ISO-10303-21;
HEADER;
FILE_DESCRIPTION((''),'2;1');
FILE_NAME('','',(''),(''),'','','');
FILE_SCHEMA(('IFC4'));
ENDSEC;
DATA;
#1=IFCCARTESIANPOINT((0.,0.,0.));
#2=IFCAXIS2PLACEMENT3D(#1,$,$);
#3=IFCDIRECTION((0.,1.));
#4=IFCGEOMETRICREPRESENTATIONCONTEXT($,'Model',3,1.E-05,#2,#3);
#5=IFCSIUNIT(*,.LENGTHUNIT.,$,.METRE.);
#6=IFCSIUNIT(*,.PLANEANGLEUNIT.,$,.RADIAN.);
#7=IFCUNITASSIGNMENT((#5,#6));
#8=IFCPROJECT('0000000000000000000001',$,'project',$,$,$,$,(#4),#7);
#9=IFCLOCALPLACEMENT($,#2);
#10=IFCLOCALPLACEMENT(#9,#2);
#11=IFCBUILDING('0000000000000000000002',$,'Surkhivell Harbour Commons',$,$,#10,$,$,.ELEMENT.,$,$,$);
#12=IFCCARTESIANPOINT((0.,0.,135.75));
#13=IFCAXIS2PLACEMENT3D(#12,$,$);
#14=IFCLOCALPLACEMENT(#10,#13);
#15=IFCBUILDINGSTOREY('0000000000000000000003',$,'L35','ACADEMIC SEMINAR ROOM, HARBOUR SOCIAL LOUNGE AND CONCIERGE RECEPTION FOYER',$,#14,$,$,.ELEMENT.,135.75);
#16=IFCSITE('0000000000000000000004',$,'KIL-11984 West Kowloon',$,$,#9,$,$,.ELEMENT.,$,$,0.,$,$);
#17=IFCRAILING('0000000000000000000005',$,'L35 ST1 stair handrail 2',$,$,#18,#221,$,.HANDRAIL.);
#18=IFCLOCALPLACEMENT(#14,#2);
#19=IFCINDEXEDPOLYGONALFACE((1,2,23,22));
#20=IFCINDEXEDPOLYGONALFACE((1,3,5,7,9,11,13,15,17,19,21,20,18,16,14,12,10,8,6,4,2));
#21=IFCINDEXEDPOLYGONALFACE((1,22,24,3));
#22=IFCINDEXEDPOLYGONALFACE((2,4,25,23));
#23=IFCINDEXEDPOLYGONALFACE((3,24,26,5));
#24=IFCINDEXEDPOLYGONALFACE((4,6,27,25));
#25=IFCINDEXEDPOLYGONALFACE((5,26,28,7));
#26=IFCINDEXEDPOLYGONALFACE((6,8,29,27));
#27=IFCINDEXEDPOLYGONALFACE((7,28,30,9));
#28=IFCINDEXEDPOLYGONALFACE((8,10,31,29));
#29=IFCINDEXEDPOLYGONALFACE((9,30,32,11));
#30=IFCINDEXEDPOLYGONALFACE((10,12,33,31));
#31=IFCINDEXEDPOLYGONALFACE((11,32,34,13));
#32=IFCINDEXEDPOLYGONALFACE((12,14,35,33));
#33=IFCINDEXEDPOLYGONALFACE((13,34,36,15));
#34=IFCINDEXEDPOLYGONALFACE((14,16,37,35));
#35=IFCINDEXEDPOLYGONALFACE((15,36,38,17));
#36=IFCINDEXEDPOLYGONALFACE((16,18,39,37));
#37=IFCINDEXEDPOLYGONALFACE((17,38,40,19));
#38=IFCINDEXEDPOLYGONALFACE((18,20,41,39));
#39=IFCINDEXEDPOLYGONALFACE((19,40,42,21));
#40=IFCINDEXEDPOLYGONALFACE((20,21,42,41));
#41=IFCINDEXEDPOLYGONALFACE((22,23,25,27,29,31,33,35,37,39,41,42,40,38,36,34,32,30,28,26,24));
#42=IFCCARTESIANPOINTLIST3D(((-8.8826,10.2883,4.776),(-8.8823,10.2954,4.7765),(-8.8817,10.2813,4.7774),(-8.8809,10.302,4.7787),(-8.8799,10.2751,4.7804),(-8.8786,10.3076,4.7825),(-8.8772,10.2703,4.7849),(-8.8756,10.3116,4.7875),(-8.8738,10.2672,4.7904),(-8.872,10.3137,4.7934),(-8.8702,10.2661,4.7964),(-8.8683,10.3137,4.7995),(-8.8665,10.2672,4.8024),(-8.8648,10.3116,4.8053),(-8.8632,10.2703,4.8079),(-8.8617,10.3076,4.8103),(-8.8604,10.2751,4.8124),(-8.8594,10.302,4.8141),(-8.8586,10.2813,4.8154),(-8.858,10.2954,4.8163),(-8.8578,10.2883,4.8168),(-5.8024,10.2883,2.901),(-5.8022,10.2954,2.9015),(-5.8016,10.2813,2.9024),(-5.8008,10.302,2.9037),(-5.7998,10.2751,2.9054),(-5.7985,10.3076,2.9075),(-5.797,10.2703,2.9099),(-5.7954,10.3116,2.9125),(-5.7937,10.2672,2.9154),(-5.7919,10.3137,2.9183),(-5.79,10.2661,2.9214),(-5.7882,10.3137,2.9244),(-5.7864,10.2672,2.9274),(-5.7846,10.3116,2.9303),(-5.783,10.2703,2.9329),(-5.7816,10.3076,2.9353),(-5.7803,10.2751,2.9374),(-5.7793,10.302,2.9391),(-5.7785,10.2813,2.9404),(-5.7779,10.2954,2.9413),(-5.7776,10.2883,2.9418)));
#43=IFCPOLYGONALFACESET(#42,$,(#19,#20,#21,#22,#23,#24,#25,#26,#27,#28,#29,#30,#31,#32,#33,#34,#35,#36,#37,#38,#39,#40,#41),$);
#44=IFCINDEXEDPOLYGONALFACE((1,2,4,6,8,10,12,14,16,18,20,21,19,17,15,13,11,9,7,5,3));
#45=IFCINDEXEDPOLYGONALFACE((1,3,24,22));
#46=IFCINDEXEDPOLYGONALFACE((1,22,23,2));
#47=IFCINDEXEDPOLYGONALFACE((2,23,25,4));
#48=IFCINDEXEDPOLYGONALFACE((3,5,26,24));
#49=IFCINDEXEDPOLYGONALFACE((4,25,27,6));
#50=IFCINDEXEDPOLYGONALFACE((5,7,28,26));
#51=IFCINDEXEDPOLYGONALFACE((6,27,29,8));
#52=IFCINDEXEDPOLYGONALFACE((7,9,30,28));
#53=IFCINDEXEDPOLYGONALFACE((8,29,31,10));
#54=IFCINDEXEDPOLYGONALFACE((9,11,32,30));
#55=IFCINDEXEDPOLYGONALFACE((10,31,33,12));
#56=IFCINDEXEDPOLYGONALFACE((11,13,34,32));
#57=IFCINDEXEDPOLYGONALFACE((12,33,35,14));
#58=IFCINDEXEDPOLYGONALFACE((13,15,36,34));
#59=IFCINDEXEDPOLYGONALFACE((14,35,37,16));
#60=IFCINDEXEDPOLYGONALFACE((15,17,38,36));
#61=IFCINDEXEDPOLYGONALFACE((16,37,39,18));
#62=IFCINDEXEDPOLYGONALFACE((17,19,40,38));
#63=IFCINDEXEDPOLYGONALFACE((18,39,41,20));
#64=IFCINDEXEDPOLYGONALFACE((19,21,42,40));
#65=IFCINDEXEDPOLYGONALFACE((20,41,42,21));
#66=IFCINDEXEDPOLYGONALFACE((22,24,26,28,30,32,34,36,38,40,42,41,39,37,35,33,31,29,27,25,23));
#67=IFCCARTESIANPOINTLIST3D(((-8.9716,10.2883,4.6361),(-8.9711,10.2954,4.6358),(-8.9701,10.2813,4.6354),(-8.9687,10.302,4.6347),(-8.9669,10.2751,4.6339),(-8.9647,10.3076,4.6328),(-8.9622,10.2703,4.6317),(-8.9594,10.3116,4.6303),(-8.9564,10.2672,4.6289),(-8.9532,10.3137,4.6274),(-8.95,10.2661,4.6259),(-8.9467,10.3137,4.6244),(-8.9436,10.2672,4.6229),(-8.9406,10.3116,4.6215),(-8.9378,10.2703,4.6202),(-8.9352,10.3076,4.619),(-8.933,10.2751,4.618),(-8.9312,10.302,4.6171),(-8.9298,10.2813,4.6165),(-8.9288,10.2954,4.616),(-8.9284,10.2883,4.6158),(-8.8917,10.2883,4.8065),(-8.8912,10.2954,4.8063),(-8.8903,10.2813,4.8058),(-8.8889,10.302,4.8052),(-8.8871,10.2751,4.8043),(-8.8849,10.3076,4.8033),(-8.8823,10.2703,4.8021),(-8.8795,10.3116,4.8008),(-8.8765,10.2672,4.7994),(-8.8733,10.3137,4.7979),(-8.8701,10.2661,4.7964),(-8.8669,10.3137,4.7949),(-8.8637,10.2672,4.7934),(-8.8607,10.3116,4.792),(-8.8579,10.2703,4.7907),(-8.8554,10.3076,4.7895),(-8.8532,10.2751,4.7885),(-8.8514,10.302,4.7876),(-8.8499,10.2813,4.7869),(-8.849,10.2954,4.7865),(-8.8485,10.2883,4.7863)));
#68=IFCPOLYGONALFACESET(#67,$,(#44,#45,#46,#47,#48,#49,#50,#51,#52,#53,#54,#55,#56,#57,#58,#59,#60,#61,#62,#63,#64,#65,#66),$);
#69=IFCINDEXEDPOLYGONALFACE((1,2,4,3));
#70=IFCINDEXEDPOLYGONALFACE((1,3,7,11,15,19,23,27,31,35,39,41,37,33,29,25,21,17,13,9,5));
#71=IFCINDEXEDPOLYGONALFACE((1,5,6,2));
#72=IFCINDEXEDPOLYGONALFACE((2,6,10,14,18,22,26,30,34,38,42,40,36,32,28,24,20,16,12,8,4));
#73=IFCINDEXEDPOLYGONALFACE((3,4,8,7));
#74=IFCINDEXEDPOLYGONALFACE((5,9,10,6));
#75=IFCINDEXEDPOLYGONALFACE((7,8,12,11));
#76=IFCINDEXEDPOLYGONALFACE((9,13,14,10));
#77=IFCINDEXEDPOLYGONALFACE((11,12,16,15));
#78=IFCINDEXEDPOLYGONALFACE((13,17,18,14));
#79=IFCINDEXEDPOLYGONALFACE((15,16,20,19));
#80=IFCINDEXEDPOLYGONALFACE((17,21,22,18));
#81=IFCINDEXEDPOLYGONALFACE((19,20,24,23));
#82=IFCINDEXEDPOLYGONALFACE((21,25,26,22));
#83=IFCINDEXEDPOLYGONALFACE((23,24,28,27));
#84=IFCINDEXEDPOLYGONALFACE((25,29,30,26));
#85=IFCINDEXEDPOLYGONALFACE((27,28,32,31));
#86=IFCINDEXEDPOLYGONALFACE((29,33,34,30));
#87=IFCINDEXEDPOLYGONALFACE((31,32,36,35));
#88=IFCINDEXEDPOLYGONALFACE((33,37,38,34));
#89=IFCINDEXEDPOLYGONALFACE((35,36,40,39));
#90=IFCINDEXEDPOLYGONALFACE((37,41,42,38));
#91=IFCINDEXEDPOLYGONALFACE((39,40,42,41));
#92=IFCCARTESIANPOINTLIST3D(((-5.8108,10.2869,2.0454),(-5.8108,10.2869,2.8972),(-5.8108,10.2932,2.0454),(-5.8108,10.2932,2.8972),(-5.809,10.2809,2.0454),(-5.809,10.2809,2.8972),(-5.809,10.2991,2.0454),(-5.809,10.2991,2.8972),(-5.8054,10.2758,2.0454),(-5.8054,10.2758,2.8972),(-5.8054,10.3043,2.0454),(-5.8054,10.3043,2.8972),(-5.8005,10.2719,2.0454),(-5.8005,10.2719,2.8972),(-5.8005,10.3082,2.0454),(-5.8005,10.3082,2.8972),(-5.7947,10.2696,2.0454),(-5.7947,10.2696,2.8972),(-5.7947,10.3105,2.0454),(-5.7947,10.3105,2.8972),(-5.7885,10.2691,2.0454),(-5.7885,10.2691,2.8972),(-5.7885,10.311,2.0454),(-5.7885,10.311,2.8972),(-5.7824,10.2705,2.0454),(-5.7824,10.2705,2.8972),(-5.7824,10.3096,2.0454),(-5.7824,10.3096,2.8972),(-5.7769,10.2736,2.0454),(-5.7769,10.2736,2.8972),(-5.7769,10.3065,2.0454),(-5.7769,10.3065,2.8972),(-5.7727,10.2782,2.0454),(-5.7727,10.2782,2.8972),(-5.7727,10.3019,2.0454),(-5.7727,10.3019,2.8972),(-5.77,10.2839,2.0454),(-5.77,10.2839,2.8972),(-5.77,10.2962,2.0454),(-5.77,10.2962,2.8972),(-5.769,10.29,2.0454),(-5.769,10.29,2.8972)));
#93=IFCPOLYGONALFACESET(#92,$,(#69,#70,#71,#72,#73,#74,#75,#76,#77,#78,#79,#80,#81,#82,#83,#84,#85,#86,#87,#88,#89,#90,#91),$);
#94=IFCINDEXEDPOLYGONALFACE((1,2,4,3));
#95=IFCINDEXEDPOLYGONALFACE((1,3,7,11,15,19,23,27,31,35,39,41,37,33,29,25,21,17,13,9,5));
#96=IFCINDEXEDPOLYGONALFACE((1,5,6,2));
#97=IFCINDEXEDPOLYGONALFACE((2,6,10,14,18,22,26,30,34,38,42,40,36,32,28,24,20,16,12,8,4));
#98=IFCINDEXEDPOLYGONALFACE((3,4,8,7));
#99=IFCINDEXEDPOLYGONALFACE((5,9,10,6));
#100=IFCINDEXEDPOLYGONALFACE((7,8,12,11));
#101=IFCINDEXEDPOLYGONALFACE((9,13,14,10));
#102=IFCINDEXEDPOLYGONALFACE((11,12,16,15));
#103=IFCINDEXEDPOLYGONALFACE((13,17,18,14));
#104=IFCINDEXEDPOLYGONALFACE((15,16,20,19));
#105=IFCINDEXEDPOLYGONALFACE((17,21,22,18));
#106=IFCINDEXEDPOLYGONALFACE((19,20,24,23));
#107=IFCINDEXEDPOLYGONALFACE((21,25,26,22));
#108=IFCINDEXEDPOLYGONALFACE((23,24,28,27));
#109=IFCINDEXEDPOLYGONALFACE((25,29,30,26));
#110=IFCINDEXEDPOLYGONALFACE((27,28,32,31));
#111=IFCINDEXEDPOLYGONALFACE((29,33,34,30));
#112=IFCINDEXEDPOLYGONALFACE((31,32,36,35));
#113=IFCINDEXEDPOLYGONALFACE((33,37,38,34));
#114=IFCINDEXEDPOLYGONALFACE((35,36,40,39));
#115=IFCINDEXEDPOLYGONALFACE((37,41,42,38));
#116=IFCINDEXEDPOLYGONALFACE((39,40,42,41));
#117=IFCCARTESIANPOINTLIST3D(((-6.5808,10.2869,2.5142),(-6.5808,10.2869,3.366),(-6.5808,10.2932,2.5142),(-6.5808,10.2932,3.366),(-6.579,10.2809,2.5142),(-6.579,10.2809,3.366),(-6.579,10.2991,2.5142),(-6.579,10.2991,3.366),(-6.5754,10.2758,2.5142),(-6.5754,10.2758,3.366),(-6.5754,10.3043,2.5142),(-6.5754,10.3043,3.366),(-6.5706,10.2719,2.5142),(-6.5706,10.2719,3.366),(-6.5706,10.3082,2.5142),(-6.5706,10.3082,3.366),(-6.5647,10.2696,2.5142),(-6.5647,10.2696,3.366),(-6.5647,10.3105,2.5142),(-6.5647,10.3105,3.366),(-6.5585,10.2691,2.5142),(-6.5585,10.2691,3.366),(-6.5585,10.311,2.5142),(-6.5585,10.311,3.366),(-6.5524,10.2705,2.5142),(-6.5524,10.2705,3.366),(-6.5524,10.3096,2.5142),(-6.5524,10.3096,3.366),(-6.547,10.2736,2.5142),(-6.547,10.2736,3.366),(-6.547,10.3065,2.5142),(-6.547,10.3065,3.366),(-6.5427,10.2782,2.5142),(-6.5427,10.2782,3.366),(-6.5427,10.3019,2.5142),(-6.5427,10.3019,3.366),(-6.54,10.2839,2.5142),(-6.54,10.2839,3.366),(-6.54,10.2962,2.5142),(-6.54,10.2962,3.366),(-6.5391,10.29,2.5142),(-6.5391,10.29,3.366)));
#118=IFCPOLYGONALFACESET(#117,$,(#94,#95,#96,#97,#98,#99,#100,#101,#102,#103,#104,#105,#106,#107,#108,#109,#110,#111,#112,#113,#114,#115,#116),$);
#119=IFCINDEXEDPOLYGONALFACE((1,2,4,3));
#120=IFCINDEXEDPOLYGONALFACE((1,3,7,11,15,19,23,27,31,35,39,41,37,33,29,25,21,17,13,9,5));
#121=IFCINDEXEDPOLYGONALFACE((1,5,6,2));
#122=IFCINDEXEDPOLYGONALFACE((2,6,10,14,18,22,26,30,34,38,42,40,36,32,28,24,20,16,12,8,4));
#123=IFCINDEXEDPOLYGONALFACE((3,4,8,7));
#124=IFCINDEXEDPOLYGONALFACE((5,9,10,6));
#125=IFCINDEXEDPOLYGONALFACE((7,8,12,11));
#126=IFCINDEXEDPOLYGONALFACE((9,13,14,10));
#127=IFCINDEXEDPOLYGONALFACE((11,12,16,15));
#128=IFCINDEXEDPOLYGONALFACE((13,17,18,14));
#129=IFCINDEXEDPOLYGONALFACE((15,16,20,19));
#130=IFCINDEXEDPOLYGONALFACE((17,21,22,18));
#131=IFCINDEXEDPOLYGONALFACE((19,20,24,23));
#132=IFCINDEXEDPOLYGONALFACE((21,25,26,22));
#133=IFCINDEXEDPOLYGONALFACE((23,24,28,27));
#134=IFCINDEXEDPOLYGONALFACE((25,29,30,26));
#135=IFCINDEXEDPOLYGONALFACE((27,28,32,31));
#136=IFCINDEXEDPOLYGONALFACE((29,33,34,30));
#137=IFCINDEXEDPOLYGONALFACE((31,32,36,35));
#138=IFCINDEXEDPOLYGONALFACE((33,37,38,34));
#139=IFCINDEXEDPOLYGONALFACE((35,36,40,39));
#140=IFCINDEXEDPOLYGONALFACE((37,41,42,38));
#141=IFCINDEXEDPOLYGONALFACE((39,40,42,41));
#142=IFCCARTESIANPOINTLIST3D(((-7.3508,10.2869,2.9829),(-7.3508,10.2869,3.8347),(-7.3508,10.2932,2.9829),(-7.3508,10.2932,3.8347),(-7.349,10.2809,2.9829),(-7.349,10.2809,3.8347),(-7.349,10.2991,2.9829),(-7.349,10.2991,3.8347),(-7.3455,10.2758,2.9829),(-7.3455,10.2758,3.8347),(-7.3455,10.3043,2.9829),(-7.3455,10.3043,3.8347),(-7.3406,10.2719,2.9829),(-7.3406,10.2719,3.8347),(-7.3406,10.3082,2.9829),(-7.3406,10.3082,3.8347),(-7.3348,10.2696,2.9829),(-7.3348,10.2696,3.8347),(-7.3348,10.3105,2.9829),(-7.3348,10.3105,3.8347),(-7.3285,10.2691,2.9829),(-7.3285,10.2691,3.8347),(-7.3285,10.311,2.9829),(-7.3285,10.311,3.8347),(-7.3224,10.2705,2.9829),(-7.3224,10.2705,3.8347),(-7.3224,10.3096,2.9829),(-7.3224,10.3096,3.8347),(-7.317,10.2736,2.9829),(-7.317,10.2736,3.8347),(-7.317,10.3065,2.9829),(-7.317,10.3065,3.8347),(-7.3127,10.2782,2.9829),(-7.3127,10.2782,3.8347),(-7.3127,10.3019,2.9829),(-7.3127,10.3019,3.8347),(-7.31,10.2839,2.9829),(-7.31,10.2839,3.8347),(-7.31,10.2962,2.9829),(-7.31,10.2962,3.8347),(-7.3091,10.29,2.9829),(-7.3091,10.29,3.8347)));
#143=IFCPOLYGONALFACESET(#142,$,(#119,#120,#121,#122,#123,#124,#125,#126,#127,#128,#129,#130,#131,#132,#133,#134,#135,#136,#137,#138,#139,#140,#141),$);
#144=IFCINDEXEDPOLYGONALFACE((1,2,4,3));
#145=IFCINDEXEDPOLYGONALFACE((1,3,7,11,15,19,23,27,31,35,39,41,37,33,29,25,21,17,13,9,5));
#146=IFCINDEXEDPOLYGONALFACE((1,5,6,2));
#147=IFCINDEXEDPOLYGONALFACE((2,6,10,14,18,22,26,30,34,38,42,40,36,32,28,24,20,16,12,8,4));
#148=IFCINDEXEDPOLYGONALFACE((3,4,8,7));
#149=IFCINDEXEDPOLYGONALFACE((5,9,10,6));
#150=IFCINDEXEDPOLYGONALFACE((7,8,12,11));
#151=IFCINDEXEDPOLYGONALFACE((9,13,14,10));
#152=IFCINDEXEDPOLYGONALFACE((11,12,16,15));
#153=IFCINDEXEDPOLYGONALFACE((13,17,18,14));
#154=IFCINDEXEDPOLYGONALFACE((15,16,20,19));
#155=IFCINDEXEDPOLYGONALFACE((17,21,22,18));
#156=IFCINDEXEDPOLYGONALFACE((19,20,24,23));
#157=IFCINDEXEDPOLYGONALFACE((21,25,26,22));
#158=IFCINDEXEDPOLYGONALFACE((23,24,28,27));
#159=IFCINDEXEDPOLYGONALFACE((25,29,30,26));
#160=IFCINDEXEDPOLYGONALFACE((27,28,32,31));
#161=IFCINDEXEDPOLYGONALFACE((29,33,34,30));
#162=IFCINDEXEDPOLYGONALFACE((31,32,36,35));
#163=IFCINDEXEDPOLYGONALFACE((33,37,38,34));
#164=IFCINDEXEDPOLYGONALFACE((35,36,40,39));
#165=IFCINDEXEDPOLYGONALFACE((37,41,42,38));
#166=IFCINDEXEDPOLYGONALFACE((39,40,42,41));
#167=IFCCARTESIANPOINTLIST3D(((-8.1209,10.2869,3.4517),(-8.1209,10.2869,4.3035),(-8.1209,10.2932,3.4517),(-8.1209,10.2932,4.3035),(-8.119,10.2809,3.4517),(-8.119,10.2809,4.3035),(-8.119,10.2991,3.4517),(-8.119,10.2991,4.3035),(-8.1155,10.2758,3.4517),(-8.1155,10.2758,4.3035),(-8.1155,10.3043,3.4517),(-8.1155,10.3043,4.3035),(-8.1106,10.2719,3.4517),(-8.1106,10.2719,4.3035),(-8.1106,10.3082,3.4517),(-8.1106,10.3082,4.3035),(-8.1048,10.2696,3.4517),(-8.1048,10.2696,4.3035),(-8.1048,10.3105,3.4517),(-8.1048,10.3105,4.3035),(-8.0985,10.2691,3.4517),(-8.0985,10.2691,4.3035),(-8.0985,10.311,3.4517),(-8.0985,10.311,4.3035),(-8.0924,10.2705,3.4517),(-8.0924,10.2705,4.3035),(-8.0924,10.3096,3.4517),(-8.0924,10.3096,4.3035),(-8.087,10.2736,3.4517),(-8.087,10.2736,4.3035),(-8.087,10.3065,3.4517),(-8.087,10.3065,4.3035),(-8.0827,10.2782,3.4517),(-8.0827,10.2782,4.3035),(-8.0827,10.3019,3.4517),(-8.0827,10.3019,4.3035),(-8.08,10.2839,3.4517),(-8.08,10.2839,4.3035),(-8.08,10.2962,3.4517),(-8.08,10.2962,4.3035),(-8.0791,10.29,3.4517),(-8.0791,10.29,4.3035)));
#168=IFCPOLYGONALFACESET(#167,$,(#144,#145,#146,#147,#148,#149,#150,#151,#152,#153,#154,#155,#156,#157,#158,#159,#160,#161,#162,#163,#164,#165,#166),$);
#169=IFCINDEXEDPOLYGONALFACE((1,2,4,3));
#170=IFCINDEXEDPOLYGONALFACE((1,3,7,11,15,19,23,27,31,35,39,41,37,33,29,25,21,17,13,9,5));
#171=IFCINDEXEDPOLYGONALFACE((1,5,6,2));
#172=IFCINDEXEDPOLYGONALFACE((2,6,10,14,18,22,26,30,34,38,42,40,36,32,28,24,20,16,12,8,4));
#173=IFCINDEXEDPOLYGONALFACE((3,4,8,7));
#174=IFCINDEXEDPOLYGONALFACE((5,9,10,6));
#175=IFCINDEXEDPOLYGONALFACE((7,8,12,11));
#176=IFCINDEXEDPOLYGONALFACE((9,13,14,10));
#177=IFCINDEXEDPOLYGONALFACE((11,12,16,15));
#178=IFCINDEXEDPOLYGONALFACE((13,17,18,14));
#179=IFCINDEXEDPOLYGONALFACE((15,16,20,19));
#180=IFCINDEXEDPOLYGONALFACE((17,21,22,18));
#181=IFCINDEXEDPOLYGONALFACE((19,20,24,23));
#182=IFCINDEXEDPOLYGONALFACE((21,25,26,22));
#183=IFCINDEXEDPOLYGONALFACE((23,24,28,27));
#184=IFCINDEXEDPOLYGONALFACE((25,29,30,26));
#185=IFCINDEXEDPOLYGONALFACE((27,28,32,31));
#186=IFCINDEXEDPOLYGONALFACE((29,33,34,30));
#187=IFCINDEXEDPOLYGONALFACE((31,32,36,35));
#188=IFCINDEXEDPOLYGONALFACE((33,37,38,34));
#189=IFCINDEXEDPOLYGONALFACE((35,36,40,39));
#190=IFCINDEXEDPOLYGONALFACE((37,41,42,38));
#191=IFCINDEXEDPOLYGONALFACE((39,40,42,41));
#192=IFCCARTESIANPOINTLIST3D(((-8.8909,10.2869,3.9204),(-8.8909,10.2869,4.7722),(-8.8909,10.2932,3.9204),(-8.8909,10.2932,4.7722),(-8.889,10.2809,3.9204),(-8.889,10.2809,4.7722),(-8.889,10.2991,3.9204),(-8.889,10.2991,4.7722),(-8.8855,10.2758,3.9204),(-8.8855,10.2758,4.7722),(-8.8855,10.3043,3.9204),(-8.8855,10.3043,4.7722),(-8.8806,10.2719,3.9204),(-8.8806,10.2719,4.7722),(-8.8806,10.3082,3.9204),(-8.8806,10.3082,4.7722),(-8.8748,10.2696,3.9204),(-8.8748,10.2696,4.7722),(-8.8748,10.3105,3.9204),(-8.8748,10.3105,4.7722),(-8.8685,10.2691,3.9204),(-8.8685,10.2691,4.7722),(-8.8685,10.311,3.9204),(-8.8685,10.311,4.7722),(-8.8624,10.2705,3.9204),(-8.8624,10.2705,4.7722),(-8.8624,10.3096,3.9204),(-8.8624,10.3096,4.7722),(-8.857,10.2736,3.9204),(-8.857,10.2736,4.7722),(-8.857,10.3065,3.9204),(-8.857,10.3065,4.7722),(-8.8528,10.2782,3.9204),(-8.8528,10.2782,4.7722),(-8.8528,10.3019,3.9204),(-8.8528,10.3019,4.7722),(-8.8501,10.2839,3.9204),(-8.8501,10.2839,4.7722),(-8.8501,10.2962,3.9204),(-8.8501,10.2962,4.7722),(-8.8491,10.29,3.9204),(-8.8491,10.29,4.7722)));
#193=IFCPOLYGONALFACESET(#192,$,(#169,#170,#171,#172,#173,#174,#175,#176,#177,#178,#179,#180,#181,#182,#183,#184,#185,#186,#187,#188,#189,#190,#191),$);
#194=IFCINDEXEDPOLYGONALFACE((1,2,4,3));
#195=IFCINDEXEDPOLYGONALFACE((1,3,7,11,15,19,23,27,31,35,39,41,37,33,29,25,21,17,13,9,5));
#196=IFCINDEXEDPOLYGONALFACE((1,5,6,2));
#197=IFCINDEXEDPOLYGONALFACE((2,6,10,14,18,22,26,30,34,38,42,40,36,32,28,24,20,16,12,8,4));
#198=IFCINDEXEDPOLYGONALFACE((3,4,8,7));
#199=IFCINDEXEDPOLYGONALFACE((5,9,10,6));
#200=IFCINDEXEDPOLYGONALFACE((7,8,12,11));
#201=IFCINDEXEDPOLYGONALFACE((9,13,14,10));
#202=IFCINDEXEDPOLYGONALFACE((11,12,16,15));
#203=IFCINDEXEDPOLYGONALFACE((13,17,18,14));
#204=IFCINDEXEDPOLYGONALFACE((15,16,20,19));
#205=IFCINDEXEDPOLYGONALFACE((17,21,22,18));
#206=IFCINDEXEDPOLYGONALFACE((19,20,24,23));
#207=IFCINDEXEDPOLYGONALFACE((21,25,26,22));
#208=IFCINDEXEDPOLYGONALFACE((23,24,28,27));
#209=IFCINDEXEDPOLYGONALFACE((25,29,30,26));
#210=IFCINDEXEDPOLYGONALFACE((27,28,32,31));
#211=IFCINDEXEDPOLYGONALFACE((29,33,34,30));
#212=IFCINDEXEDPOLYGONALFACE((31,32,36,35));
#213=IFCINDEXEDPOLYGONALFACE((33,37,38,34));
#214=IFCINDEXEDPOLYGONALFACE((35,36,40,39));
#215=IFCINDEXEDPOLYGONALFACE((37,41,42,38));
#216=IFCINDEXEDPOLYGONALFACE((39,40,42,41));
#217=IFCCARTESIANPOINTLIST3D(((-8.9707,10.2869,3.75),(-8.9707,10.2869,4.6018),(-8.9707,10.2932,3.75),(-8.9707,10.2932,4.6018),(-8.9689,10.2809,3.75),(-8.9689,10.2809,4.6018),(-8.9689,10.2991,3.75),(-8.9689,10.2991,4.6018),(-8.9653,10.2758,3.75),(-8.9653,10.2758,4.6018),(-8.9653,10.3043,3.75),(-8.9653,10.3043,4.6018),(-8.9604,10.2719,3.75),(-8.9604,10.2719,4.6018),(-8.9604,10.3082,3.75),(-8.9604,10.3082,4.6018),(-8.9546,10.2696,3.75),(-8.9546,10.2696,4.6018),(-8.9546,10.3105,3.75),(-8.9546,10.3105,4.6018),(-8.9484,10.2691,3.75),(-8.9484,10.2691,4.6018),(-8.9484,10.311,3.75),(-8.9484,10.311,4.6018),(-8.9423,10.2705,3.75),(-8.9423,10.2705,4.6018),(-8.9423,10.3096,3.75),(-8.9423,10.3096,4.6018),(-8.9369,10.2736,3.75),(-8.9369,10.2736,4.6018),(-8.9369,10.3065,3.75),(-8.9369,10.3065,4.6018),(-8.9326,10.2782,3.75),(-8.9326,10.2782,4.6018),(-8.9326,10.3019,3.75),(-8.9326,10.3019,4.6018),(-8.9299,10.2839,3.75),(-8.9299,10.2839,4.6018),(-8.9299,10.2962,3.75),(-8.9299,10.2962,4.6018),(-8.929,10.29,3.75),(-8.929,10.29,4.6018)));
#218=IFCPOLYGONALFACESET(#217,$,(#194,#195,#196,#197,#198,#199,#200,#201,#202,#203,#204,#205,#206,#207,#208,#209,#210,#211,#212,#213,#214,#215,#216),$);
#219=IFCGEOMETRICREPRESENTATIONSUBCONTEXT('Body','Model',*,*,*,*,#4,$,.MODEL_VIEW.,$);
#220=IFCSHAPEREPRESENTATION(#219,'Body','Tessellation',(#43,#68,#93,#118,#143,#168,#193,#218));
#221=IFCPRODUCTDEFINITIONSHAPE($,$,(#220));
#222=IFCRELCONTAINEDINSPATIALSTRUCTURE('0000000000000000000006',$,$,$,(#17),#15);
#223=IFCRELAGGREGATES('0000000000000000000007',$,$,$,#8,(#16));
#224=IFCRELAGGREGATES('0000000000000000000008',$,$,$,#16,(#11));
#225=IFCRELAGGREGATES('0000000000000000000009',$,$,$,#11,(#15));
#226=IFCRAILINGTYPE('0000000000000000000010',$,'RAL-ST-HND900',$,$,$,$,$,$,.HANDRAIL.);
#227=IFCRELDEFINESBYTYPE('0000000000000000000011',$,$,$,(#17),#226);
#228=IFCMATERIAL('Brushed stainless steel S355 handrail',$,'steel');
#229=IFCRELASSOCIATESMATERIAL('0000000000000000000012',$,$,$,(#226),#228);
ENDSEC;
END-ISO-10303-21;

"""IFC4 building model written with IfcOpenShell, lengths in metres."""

from ifc_helpers import new_model, si_unit, direction, frame, origin, origin_2d, place, context, subcontext, project, spatial, circle, extrude, material, type_object, element, save


model = new_model("IFC4")

# Units and contexts
model_context = context("Model", 3, precision=1e-05, world=origin(), true_north=direction((0.0, 1.0)))
body_context = subcontext(model_context, "Body", "Model", "MODEL_VIEW")
ifc_project = project(units=[si_unit("LENGTHUNIT", "METRE"), si_unit("PLANEANGLEUNIT", "RADIAN")], contexts=[model_context])

# Site, building, storey
site_placement = place(None, origin())
site = spatial("IfcSite", under=ifc_project, at=site_placement, Name="KIL-11984 West Kowloon", CompositionType="ELEMENT", RefElevation=0.0)
building_placement = place(site_placement, origin())
building = spatial("IfcBuilding", under=site, at=building_placement, Name="Surkhivell Harbour Commons", CompositionType="ELEMENT")
storey_placement = place(building_placement, frame((0.0, 0.0, 135.75)))
storey = spatial("IfcBuildingStorey", under=building, at=storey_placement, Name="L35", Description="ACADEMIC SEMINAR ROOM, HARBOUR SOCIAL LOUNGE AND CONCIERGE RECEPTION FOYER", CompositionType="ELEMENT", Elevation=135.75)

# Railing
ifc_material_1 = material(Name="Brushed stainless steel S355 handrail", Category="steel")
railing_type_1 = type_object("IfcRailingType", Name="RAL-ST-HND900", PredefinedType="HANDRAIL", material=ifc_material_1)
railing_1_placement = place(storey_placement, frame((-5.79, 10.29, 2.0454)))
element("IfcRailing", 1, at=railing_1_placement, inside=storey, type_object=railing_type_1, Name="L35 ST1 stair handrail 2", PredefinedType="HANDRAIL", context=body_context, shape_type="SweptSolid", body=[
    extrude(circle(Radius=0.0239, at=origin_2d()), frame((0.0, 0.0, 0.876), z_axis=(-0.854178, 0.0, 0.519981), x_axis=(0.0, -1.0, 0.0)), (0.0, 0.0, 1.0), 3.606),
    extrude(circle(Radius=0.0239, at=origin_2d()), frame((-3.0801, 0.0, 2.751), z_axis=(-0.424234, 0.0, -0.905552), x_axis=(0.0, -1.0, 0.0)), (0.0, 0.0, 1.0), 0.1882),
    extrude(circle(Radius=0.021, at=origin_2d()), origin(), (0.0, 0.0, 1.0), 0.8518),
    extrude(circle(Radius=0.021, at=origin_2d()), frame((-0.77, 0.0, 0.4688)), (0.0, 0.0, 1.0), 0.8518),
    extrude(circle(Radius=0.021, at=origin_2d()), frame((-1.54, 0.0, 0.9375)), (0.0, 0.0, 1.0), 0.8518),
    extrude(circle(Radius=0.021, at=origin_2d()), frame((-2.3101, 0.0, 1.4062)), (0.0, 0.0, 1.0), 0.8518),
    extrude(circle(Radius=0.021, at=origin_2d()), frame((-3.0801, 0.0, 1.875)), (0.0, 0.0, 1.0), 0.8518),
    extrude(circle(Radius=0.021, at=origin_2d()), frame((-3.1599, 0.0, 1.7046)), (0.0, 0.0, 1.0), 0.8518),
])

save(model, "model.ifc")
